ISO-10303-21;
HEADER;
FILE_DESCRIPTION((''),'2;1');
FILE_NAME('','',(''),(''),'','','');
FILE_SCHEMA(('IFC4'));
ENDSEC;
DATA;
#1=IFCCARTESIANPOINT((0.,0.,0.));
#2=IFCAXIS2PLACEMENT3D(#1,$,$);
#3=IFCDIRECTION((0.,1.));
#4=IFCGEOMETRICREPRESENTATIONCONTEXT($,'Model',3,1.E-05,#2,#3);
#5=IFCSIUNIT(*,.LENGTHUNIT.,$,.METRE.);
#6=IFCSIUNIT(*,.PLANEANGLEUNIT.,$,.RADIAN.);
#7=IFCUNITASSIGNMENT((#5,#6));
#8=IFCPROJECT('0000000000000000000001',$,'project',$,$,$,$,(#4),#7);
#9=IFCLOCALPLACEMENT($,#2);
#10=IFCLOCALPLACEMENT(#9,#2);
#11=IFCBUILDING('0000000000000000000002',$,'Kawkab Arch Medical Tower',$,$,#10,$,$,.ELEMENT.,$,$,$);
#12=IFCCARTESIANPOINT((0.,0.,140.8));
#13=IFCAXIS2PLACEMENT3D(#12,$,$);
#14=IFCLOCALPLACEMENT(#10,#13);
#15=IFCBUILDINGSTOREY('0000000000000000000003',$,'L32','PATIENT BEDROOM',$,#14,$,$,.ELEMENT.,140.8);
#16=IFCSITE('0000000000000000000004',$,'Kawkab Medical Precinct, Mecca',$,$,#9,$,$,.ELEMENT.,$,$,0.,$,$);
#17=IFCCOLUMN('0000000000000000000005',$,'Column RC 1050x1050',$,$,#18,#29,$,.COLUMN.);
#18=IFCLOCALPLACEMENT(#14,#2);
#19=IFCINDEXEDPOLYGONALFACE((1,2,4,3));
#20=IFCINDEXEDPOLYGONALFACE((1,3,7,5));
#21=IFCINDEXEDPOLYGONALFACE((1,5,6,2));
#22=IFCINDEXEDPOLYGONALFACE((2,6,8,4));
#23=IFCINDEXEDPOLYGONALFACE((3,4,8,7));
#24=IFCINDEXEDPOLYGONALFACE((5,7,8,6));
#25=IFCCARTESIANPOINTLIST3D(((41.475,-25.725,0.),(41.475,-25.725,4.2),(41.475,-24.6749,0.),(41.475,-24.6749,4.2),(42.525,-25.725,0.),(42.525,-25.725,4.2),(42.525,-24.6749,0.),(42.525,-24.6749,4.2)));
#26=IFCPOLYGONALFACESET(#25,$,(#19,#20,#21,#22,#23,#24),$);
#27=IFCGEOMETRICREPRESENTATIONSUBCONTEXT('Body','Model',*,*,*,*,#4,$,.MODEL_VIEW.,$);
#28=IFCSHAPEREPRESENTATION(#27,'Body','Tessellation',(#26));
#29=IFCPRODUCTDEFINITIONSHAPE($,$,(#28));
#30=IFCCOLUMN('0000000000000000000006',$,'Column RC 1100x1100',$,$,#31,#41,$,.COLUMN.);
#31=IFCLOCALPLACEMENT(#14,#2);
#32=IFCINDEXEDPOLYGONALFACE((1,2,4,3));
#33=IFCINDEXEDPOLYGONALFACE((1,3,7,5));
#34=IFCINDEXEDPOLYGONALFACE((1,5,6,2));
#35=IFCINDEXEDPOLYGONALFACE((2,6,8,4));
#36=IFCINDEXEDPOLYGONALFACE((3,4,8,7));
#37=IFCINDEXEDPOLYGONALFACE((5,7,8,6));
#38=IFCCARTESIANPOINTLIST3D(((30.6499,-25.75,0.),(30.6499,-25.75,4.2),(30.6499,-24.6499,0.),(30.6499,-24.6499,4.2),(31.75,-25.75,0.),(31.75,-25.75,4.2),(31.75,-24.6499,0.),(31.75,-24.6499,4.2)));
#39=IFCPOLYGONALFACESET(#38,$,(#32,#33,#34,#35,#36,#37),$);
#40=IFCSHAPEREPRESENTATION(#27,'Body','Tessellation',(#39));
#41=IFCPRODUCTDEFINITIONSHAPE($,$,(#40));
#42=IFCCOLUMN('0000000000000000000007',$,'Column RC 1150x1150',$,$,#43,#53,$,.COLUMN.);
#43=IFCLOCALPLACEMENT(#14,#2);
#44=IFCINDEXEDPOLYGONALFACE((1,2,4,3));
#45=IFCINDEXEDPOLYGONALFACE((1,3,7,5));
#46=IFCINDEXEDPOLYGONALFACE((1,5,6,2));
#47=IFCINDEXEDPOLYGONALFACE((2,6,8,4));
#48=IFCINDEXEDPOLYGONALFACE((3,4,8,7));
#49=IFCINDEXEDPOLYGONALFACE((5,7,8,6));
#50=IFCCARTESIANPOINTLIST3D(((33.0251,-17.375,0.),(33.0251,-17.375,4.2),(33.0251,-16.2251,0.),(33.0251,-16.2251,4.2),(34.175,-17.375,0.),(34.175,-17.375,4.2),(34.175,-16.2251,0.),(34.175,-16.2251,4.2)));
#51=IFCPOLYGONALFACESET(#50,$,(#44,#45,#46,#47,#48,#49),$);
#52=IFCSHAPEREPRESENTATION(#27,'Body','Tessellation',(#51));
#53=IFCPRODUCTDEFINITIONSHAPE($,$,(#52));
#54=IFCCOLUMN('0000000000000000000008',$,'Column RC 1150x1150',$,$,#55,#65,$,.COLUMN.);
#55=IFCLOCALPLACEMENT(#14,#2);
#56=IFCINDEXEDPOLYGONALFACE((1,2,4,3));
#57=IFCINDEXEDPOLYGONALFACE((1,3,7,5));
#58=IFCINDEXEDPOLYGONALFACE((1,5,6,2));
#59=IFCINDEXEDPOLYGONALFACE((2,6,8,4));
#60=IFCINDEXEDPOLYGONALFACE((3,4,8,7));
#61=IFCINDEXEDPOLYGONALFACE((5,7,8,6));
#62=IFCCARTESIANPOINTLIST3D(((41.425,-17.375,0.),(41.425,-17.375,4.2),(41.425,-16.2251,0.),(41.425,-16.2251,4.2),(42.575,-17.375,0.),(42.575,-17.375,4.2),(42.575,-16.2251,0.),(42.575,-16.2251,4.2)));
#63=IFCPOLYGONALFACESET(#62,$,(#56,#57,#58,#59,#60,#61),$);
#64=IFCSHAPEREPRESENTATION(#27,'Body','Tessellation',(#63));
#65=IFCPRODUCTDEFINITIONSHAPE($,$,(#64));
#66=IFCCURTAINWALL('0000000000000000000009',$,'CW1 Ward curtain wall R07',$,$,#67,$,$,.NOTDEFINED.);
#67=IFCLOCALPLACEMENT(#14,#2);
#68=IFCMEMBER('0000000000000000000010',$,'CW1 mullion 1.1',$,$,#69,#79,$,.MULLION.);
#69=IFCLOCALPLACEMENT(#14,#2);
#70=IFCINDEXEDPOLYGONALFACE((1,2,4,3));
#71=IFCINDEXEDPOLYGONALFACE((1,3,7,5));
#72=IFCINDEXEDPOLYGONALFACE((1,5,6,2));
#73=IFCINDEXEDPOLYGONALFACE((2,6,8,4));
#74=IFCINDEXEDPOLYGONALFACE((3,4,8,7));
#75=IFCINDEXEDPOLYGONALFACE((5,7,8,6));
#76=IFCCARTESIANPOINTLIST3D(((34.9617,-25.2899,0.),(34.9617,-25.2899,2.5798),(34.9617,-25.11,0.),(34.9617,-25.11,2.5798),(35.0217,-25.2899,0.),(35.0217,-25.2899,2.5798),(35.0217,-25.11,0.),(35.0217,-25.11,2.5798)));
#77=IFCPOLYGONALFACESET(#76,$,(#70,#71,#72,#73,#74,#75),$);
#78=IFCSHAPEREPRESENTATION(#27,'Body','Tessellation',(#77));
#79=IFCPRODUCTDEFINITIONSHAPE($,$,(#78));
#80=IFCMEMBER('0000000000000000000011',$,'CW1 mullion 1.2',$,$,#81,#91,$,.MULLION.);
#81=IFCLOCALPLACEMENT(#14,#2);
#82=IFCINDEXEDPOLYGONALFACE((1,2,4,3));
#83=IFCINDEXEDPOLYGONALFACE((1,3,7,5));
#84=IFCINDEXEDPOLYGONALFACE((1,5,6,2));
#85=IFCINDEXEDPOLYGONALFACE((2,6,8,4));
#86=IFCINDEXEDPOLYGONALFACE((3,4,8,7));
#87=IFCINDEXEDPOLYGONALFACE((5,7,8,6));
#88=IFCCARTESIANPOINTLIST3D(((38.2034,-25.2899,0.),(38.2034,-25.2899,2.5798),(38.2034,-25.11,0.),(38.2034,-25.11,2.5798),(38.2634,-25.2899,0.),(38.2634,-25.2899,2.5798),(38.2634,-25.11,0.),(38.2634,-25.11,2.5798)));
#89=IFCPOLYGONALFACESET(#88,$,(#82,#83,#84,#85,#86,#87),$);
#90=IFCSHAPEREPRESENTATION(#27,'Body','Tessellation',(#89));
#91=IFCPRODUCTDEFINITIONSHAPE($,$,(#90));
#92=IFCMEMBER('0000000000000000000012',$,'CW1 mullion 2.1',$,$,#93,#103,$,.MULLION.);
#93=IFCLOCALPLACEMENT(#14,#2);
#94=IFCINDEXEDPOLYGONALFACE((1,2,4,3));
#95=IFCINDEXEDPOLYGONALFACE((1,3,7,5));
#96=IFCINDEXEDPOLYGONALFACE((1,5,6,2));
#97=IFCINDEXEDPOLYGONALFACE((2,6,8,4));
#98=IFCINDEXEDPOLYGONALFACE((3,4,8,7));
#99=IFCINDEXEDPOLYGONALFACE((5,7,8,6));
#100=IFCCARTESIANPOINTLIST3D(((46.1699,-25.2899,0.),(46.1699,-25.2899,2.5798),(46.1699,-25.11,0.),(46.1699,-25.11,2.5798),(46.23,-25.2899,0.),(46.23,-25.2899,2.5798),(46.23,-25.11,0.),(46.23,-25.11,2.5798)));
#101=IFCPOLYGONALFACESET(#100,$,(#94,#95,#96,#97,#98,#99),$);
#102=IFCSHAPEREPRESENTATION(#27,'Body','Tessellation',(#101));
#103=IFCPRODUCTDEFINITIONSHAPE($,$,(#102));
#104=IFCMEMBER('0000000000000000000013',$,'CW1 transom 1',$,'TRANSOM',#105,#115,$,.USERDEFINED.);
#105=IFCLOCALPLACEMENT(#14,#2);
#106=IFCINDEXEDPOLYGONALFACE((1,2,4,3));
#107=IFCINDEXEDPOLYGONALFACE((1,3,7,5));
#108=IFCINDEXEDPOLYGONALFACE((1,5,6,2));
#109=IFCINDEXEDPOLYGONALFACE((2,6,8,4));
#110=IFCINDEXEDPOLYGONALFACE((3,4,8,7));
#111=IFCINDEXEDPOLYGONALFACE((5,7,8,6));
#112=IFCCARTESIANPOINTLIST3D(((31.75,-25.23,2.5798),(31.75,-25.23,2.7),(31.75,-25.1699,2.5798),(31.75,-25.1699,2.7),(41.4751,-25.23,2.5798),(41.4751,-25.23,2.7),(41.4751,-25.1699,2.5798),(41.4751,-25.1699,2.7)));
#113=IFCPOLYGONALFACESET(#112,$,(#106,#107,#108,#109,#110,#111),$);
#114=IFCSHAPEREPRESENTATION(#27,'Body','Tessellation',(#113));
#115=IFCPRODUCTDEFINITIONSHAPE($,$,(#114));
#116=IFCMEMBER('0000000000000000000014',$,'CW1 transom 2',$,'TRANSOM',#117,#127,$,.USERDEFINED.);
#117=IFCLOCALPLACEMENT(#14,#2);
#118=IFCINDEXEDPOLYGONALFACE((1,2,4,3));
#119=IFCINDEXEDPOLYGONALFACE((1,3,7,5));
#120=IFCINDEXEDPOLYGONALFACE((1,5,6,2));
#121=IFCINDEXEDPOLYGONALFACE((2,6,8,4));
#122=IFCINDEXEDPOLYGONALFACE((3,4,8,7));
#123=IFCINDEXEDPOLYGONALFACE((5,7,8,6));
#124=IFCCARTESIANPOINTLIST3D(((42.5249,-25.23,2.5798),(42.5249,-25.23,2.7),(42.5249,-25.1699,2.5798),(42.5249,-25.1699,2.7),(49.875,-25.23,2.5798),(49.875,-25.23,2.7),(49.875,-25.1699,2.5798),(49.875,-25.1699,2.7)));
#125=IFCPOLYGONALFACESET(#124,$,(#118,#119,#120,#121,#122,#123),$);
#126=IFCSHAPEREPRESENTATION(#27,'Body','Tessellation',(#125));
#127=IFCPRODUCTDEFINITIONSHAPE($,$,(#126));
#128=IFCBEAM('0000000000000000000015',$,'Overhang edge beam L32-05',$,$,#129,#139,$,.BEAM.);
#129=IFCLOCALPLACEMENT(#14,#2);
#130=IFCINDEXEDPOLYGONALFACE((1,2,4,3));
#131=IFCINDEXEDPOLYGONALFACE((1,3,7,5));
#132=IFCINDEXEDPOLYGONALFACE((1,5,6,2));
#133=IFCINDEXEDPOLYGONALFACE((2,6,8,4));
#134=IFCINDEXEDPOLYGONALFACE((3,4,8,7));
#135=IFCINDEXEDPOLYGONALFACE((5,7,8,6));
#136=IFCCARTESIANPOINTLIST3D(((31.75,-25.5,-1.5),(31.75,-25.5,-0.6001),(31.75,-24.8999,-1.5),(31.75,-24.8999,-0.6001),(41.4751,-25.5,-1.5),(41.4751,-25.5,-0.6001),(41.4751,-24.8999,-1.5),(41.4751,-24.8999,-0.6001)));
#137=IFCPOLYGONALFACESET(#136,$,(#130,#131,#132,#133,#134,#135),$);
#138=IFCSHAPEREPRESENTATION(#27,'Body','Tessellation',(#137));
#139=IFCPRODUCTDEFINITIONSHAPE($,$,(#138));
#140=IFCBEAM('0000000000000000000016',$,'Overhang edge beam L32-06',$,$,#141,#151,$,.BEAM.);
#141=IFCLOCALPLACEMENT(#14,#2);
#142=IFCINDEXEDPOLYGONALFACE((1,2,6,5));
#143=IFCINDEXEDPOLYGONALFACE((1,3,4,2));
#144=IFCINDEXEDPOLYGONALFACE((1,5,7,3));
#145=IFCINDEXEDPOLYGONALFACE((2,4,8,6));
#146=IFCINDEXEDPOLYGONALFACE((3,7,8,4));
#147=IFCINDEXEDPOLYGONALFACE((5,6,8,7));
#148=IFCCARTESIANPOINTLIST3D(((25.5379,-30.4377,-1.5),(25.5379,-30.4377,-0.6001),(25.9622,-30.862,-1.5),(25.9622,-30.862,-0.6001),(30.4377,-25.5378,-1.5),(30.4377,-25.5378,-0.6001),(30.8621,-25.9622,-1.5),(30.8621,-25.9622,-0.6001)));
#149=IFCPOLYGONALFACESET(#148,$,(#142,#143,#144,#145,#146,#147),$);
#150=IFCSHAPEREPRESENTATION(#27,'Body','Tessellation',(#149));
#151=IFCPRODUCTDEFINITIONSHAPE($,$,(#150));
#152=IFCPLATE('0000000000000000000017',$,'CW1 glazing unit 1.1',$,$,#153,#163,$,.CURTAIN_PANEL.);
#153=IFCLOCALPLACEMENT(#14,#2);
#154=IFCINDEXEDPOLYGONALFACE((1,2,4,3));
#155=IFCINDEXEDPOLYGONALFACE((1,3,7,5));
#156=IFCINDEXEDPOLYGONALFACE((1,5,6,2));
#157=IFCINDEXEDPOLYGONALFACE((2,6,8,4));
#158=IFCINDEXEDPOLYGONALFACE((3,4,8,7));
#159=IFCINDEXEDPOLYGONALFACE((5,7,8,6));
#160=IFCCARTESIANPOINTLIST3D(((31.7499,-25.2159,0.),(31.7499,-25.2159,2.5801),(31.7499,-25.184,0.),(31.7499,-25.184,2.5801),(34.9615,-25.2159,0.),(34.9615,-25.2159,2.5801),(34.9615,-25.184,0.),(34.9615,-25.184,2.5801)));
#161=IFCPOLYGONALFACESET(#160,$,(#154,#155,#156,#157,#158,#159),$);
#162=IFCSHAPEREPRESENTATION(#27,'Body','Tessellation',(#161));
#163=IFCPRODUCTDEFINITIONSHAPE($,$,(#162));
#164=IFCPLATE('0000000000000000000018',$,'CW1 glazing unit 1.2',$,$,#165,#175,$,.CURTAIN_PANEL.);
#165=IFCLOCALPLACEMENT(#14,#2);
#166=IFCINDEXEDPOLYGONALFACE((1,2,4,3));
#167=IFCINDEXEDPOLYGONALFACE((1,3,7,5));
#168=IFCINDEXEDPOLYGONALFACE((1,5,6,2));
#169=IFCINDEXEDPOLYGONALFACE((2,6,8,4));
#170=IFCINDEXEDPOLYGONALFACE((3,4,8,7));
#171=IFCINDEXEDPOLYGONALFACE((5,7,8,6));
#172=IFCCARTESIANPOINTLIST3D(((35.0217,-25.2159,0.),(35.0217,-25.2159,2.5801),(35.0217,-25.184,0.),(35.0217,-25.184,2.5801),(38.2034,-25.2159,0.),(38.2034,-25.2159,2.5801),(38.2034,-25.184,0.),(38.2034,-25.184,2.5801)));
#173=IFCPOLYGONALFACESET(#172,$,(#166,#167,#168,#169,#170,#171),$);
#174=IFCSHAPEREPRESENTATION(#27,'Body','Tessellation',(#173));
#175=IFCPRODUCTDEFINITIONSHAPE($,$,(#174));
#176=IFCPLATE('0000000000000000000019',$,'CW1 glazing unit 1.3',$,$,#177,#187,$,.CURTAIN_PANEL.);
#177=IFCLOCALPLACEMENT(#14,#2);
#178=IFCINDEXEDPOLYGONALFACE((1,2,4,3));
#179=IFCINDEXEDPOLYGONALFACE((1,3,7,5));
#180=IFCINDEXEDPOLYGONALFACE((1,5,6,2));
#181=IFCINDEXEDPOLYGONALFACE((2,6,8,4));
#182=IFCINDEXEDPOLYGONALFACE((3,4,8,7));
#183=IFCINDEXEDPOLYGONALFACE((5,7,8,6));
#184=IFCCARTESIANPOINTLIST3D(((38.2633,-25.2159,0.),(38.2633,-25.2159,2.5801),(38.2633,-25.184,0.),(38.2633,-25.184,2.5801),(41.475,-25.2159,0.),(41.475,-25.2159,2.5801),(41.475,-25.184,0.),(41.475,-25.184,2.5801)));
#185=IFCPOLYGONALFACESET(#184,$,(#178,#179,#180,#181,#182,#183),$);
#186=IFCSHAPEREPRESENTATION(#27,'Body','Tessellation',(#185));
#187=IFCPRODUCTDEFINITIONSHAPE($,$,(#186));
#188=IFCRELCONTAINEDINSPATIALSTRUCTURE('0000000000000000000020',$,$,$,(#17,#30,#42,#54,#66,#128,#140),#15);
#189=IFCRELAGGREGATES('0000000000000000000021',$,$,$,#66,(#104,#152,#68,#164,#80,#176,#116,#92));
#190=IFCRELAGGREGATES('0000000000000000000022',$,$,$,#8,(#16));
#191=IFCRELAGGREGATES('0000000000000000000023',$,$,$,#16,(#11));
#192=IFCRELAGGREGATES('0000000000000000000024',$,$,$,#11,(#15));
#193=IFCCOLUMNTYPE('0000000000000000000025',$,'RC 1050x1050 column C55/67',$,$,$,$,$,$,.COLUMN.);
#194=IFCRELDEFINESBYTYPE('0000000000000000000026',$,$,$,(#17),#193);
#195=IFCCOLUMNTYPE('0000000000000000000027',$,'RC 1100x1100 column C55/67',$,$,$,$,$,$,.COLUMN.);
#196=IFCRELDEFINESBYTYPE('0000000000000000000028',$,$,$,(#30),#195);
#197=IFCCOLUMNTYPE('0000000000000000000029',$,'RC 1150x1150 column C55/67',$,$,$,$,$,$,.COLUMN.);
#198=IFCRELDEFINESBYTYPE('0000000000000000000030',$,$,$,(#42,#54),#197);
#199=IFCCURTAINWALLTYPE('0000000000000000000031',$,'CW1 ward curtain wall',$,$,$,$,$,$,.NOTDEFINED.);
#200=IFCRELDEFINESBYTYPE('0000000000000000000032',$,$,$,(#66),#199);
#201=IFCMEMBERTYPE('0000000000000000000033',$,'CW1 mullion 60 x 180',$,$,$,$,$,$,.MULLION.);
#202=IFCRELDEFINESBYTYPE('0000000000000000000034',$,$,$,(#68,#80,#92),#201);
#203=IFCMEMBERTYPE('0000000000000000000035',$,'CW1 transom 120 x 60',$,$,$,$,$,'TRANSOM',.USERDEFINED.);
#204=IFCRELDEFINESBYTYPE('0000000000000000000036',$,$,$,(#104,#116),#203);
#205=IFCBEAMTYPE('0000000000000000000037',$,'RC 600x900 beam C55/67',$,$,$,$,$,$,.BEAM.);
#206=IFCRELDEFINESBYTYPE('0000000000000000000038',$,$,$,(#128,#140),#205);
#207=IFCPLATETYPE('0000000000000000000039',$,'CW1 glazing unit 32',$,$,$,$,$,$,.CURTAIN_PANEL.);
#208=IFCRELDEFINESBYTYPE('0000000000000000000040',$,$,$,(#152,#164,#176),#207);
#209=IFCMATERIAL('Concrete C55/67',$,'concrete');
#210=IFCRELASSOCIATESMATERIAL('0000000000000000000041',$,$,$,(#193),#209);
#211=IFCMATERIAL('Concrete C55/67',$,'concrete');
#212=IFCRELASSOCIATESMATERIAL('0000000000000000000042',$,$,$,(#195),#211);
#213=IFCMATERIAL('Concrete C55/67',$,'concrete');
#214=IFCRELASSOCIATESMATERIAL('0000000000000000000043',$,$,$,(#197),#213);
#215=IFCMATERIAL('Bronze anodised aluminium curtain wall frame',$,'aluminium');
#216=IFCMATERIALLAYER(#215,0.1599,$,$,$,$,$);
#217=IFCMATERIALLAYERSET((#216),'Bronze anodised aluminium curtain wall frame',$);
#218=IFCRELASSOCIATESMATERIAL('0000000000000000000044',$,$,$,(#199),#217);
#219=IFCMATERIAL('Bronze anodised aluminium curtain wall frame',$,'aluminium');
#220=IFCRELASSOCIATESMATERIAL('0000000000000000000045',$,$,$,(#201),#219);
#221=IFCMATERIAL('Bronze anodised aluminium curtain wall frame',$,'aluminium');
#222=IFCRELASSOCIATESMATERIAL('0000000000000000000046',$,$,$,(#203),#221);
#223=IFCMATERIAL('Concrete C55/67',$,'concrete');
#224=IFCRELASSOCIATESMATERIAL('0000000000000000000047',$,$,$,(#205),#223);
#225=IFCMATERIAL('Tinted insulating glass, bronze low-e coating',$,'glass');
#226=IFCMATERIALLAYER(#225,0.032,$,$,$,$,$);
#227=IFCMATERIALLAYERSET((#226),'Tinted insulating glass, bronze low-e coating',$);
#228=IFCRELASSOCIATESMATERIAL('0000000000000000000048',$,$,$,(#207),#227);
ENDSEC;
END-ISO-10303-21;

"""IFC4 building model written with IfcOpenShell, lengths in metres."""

from ifc_helpers import new_model, si_unit, direction, frame, origin, origin_2d, place, context, subcontext, project, spatial, rectangle, extrude, material, layer, layer_set, material_profile, profile_set, type_object, element, aggregate, save


model = new_model("IFC4")

# Units and contexts
model_context = context("Model", 3, precision=1e-05, world=origin(), true_north=direction((0.0, 1.0)))
body_context = subcontext(model_context, "Body", "Model", "MODEL_VIEW")
ifc_project = project(units=[si_unit("LENGTHUNIT", "METRE"), si_unit("PLANEANGLEUNIT", "RADIAN")], contexts=[model_context])

# Site, building, storey
site_placement = place(None, origin())
site = spatial("IfcSite", under=ifc_project, at=site_placement, Name="Kawkab Medical Precinct, Mecca", CompositionType="ELEMENT", RefElevation=0.0)
building_placement = place(site_placement, origin())
building = spatial("IfcBuilding", under=site, at=building_placement, Name="Kawkab Arch Medical Tower", CompositionType="ELEMENT")
storey_placement = place(building_placement, frame((0.0, 0.0, 140.8)))
storey = spatial("IfcBuildingStorey", under=building, at=storey_placement, Name="L32", Description="PATIENT BEDROOM", CompositionType="ELEMENT", Elevation=140.8)

# Columns
ifc_material_1 = material(Name="Concrete C55/67", Category="concrete")
ifc_material_profile_1 = material_profile(ifc_material_1, rectangle(XDim=1.05, YDim=1.05, at=origin_2d()), Name="RC 1050x1050")
ifc_profile_set_1 = profile_set([ifc_material_profile_1], Name="Concrete C55/67")
column_type_1 = type_object("IfcColumnType", Name="RC 1050x1050 column C55/67", PredefinedType="COLUMN", material=ifc_profile_set_1)
column_1_placement = place(storey_placement, frame((42.0, -25.2, 0.0), z_axis=(0.0, 0.0, 1.0), x_axis=(1.0, 0.0, 0.0)))
element("IfcColumn", 1, at=column_1_placement, inside=storey, type_object=column_type_1, Name="Column RC 1050x1050", PredefinedType="COLUMN", context=body_context, shape_type="SweptSolid", body=[
    extrude(rectangle(XDim=1.05, YDim=1.05, at=origin_2d()), origin(), (0.0, 0.0, 1.0), 4.2),
])
ifc_material_2 = material(Name="Concrete C55/67", Category="concrete")
ifc_material_profile_2 = material_profile(ifc_material_2, rectangle(XDim=1.1001, YDim=1.1001, at=origin_2d()), Name="RC 1100x1100")
ifc_profile_set_2 = profile_set([ifc_material_profile_2], Name="Concrete C55/67")
column_type_2 = type_object("IfcColumnType", Name="RC 1100x1100 column C55/67", PredefinedType="COLUMN", material=ifc_profile_set_2)
column_2_placement = place(storey_placement, frame((31.2, -25.2, 0.0), z_axis=(0.0, 0.0, 1.0), x_axis=(1.0, 0.0, 0.0)))
element("IfcColumn", 2, at=column_2_placement, inside=storey, type_object=column_type_2, Name="Column RC 1100x1100", PredefinedType="COLUMN", context=body_context, shape_type="SweptSolid", body=[
    extrude(rectangle(XDim=1.1001, YDim=1.1001, at=origin_2d()), origin(), (0.0, 0.0, 1.0), 4.2),
])
ifc_material_3 = material(Name="Concrete C55/67", Category="concrete")
ifc_material_profile_3 = material_profile(ifc_material_3, rectangle(XDim=1.1499, YDim=1.1499, at=origin_2d()), Name="RC 1150x1150")
ifc_profile_set_3 = profile_set([ifc_material_profile_3], Name="Concrete C55/67")
column_type_3 = type_object("IfcColumnType", Name="RC 1150x1150 column C55/67", PredefinedType="COLUMN", material=ifc_profile_set_3)
for number, where, z_axis, x_axis, name in (
    (3, (33.6001, -16.8, 0.0), (0.0, 0.0, 1.0), (1.0, 0.0, 0.0), "Column RC 1150x1150"),
    (4, (42.0, -16.8, 0.0), (0.0, 0.0, 1.0), (1.0, 0.0, 0.0), "Column RC 1150x1150"),
):
    element("IfcColumn", number, at=place(storey_placement, frame(where, z_axis=z_axis, x_axis=x_axis)), inside=storey, type_object=column_type_3, Name=name, PredefinedType="COLUMN", context=body_context, shape_type="SweptSolid", body=[
        extrude(rectangle(XDim=1.1499, YDim=1.1499, at=origin_2d()), origin(), (0.0, 0.0, 1.0), 4.2),
    ])

# Curtain wall, members
ifc_material_4 = material(Name="Bronze anodised aluminium curtain wall frame", Category="aluminium")
ifc_layer_1 = layer(ifc_material_4, 0.1599)
ifc_layer_set_1 = layer_set([ifc_layer_1], Name="Bronze anodised aluminium curtain wall frame")
curtain_wall_type = type_object("IfcCurtainWallType", Name="CW1 ward curtain wall", PredefinedType="NOTDEFINED", material=ifc_layer_set_1)
curtain_wall_placement = place(storey_placement, origin())
curtain_wall = element("IfcCurtainWall", 5, at=curtain_wall_placement, inside=storey, type_object=curtain_wall_type, Name="CW1 Ward curtain wall R07", PredefinedType="NOTDEFINED")
ifc_material_5 = material(Name="Bronze anodised aluminium curtain wall frame", Category="aluminium")
ifc_material_profile_4 = material_profile(ifc_material_5, rectangle(XDim=0.1799, YDim=0.0601, at=origin_2d()), Name="AL 60x180")
ifc_profile_set_4 = profile_set([ifc_material_profile_4], Name="Bronze anodised aluminium curtain wall frame")
member_type_1 = type_object("IfcMemberType", Name="CW1 mullion 60 x 180", PredefinedType="MULLION", material=ifc_profile_set_4)
member_1_placement = place(storey_placement, frame((34.9917, -25.2, 0.0), z_axis=(0.0, 0.0, 1.0), x_axis=(0.0, 1.0, 0.0)))
member_1 = element("IfcMember", 6, at=member_1_placement, type_object=member_type_1, Name="CW1 mullion 1.1", PredefinedType="MULLION", context=body_context, shape_type="SweptSolid", body=[
    extrude(rectangle(XDim=0.1799, YDim=0.0601, at=origin_2d()), origin(), (0.0, 0.0, 1.0), 2.5798),
])
member_2_placement = place(storey_placement, frame((38.2334, -25.2, 0.0), z_axis=(0.0, 0.0, 1.0), x_axis=(0.0, 1.0, 0.0)))
member_2 = element("IfcMember", 7, at=member_2_placement, type_object=member_type_1, Name="CW1 mullion 1.2", PredefinedType="MULLION", context=body_context, shape_type="SweptSolid", body=[
    extrude(rectangle(XDim=0.1799, YDim=0.0601, at=origin_2d()), origin(), (0.0, 0.0, 1.0), 2.5798),
])
member_3_placement = place(storey_placement, frame((46.2, -25.2, 0.0), z_axis=(0.0, 0.0, 1.0), x_axis=(0.0, 1.0, 0.0)))
member_3 = element("IfcMember", 8, at=member_3_placement, type_object=member_type_1, Name="CW1 mullion 2.1", PredefinedType="MULLION", context=body_context, shape_type="SweptSolid", body=[
    extrude(rectangle(XDim=0.1799, YDim=0.0601, at=origin_2d()), origin(), (0.0, 0.0, 1.0), 2.5798),
])
ifc_material_6 = material(Name="Bronze anodised aluminium curtain wall frame", Category="aluminium")
ifc_material_profile_5 = material_profile(ifc_material_6, rectangle(XDim=0.0601, YDim=0.1201, at=origin_2d()), Name="AL 60x120")
ifc_profile_set_5 = profile_set([ifc_material_profile_5], Name="Bronze anodised aluminium curtain wall frame")
member_type_2 = type_object("IfcMemberType", Name="CW1 transom 120 x 60", ElementType="TRANSOM", PredefinedType="USERDEFINED", material=ifc_profile_set_5)
member_4_placement = place(storey_placement, frame((31.75, -25.2, 2.6399), z_axis=(1.0, 0.0, 0.0), x_axis=(0.0, 1.0, 0.0)))
member_4 = element("IfcMember", 9, at=member_4_placement, type_object=member_type_2, Name="CW1 transom 1", ObjectType="TRANSOM", PredefinedType="USERDEFINED", context=body_context, shape_type="SweptSolid", body=[
    extrude(rectangle(XDim=0.0601, YDim=0.1201, at=origin_2d()), origin(), (0.0, 0.0, 1.0), 9.7251),
])
member_5_placement = place(storey_placement, frame((42.5249, -25.2, 2.6399), z_axis=(1.0, 0.0, 0.0), x_axis=(0.0, 1.0, 0.0)))
member_5 = element("IfcMember", 10, at=member_5_placement, type_object=member_type_2, Name="CW1 transom 2", ObjectType="TRANSOM", PredefinedType="USERDEFINED", context=body_context, shape_type="SweptSolid", body=[
    extrude(rectangle(XDim=0.0601, YDim=0.1201, at=origin_2d()), origin(), (0.0, 0.0, 1.0), 7.3501),
])

# Beams
ifc_material_7 = material(Name="Concrete C55/67", Category="concrete")
ifc_material_profile_6 = material_profile(ifc_material_7, rectangle(XDim=0.6001, YDim=0.8999, at=origin_2d()), Name="RC 600x900")
ifc_profile_set_6 = profile_set([ifc_material_profile_6], Name="Concrete C55/67")
beam_type = type_object("IfcBeamType", Name="RC 600x900 beam C55/67", PredefinedType="BEAM", material=ifc_profile_set_6)
beam_1_placement = place(storey_placement, frame((41.4751, -25.2, -1.05), z_axis=(-1.0, 0.0, 0.0), x_axis=(0.0, -1.0, 0.0)))
element("IfcBeam", 11, at=beam_1_placement, inside=storey, type_object=beam_type, Name="Overhang edge beam L32-05", PredefinedType="BEAM", context=body_context, shape_type="SweptSolid", body=[
    extrude(rectangle(XDim=0.6001, YDim=0.8999, at=origin_2d()), origin(), (0.0, 0.0, 1.0), 9.7251),
])
beam_2_placement = place(storey_placement, frame((30.6499, -25.75, -1.05), z_axis=(-0.707107, -0.707107, 0.0), x_axis=(0.707107, -0.707107, 0.0)))
element("IfcBeam", 12, at=beam_2_placement, inside=storey, type_object=beam_type, Name="Overhang edge beam L32-06", PredefinedType="BEAM", context=body_context, shape_type="SweptSolid", body=[
    extrude(rectangle(XDim=0.6001, YDim=0.8999, at=origin_2d()), origin(), (0.0, 0.0, 1.0), 6.9294),
])

# Plates
ifc_material_8 = material(Name="Tinted insulating glass, bronze low-e coating", Category="glass")
ifc_layer_2 = layer(ifc_material_8, 0.032)
ifc_layer_set_2 = layer_set([ifc_layer_2], Name="Tinted insulating glass, bronze low-e coating")
plate_type = type_object("IfcPlateType", Name="CW1 glazing unit 32", PredefinedType="CURTAIN_PANEL", material=ifc_layer_set_2)
plate_1_placement = place(storey_placement, frame((33.3557, -25.2, 0.0), z_axis=(0.0, 0.0, 1.0), x_axis=(1.0, 0.0, 0.0)))
plate_1 = element("IfcPlate", 13, at=plate_1_placement, type_object=plate_type, Name="CW1 glazing unit 1.1", PredefinedType="CURTAIN_PANEL", context=body_context, shape_type="SweptSolid", body=[
    extrude(rectangle(XDim=3.2117, YDim=0.032, at=origin_2d()), origin(), (0.0, 0.0, 1.0), 2.5801),
])
plate_2_placement = place(storey_placement, frame((36.6125, -25.2, 0.0), z_axis=(0.0, 0.0, 1.0), x_axis=(1.0, 0.0, 0.0)))
plate_2 = element("IfcPlate", 14, at=plate_2_placement, type_object=plate_type, Name="CW1 glazing unit 1.2", PredefinedType="CURTAIN_PANEL", context=body_context, shape_type="SweptSolid", body=[
    extrude(rectangle(XDim=3.1816, YDim=0.032, at=origin_2d()), origin(), (0.0, 0.0, 1.0), 2.5801),
])
plate_3_placement = place(storey_placement, frame((39.8691, -25.2, 0.0), z_axis=(0.0, 0.0, 1.0), x_axis=(1.0, 0.0, 0.0)))
plate_3 = element("IfcPlate", 15, at=plate_3_placement, type_object=plate_type, Name="CW1 glazing unit 1.3", PredefinedType="CURTAIN_PANEL", context=body_context, shape_type="SweptSolid", body=[
    extrude(rectangle(XDim=3.2117, YDim=0.032, at=origin_2d()), origin(), (0.0, 0.0, 1.0), 2.5801),
])
aggregate(curtain_wall, [member_4, plate_1, member_1, plate_2, member_2, plate_3, member_5, member_3])

save(model, "model.ifc")
